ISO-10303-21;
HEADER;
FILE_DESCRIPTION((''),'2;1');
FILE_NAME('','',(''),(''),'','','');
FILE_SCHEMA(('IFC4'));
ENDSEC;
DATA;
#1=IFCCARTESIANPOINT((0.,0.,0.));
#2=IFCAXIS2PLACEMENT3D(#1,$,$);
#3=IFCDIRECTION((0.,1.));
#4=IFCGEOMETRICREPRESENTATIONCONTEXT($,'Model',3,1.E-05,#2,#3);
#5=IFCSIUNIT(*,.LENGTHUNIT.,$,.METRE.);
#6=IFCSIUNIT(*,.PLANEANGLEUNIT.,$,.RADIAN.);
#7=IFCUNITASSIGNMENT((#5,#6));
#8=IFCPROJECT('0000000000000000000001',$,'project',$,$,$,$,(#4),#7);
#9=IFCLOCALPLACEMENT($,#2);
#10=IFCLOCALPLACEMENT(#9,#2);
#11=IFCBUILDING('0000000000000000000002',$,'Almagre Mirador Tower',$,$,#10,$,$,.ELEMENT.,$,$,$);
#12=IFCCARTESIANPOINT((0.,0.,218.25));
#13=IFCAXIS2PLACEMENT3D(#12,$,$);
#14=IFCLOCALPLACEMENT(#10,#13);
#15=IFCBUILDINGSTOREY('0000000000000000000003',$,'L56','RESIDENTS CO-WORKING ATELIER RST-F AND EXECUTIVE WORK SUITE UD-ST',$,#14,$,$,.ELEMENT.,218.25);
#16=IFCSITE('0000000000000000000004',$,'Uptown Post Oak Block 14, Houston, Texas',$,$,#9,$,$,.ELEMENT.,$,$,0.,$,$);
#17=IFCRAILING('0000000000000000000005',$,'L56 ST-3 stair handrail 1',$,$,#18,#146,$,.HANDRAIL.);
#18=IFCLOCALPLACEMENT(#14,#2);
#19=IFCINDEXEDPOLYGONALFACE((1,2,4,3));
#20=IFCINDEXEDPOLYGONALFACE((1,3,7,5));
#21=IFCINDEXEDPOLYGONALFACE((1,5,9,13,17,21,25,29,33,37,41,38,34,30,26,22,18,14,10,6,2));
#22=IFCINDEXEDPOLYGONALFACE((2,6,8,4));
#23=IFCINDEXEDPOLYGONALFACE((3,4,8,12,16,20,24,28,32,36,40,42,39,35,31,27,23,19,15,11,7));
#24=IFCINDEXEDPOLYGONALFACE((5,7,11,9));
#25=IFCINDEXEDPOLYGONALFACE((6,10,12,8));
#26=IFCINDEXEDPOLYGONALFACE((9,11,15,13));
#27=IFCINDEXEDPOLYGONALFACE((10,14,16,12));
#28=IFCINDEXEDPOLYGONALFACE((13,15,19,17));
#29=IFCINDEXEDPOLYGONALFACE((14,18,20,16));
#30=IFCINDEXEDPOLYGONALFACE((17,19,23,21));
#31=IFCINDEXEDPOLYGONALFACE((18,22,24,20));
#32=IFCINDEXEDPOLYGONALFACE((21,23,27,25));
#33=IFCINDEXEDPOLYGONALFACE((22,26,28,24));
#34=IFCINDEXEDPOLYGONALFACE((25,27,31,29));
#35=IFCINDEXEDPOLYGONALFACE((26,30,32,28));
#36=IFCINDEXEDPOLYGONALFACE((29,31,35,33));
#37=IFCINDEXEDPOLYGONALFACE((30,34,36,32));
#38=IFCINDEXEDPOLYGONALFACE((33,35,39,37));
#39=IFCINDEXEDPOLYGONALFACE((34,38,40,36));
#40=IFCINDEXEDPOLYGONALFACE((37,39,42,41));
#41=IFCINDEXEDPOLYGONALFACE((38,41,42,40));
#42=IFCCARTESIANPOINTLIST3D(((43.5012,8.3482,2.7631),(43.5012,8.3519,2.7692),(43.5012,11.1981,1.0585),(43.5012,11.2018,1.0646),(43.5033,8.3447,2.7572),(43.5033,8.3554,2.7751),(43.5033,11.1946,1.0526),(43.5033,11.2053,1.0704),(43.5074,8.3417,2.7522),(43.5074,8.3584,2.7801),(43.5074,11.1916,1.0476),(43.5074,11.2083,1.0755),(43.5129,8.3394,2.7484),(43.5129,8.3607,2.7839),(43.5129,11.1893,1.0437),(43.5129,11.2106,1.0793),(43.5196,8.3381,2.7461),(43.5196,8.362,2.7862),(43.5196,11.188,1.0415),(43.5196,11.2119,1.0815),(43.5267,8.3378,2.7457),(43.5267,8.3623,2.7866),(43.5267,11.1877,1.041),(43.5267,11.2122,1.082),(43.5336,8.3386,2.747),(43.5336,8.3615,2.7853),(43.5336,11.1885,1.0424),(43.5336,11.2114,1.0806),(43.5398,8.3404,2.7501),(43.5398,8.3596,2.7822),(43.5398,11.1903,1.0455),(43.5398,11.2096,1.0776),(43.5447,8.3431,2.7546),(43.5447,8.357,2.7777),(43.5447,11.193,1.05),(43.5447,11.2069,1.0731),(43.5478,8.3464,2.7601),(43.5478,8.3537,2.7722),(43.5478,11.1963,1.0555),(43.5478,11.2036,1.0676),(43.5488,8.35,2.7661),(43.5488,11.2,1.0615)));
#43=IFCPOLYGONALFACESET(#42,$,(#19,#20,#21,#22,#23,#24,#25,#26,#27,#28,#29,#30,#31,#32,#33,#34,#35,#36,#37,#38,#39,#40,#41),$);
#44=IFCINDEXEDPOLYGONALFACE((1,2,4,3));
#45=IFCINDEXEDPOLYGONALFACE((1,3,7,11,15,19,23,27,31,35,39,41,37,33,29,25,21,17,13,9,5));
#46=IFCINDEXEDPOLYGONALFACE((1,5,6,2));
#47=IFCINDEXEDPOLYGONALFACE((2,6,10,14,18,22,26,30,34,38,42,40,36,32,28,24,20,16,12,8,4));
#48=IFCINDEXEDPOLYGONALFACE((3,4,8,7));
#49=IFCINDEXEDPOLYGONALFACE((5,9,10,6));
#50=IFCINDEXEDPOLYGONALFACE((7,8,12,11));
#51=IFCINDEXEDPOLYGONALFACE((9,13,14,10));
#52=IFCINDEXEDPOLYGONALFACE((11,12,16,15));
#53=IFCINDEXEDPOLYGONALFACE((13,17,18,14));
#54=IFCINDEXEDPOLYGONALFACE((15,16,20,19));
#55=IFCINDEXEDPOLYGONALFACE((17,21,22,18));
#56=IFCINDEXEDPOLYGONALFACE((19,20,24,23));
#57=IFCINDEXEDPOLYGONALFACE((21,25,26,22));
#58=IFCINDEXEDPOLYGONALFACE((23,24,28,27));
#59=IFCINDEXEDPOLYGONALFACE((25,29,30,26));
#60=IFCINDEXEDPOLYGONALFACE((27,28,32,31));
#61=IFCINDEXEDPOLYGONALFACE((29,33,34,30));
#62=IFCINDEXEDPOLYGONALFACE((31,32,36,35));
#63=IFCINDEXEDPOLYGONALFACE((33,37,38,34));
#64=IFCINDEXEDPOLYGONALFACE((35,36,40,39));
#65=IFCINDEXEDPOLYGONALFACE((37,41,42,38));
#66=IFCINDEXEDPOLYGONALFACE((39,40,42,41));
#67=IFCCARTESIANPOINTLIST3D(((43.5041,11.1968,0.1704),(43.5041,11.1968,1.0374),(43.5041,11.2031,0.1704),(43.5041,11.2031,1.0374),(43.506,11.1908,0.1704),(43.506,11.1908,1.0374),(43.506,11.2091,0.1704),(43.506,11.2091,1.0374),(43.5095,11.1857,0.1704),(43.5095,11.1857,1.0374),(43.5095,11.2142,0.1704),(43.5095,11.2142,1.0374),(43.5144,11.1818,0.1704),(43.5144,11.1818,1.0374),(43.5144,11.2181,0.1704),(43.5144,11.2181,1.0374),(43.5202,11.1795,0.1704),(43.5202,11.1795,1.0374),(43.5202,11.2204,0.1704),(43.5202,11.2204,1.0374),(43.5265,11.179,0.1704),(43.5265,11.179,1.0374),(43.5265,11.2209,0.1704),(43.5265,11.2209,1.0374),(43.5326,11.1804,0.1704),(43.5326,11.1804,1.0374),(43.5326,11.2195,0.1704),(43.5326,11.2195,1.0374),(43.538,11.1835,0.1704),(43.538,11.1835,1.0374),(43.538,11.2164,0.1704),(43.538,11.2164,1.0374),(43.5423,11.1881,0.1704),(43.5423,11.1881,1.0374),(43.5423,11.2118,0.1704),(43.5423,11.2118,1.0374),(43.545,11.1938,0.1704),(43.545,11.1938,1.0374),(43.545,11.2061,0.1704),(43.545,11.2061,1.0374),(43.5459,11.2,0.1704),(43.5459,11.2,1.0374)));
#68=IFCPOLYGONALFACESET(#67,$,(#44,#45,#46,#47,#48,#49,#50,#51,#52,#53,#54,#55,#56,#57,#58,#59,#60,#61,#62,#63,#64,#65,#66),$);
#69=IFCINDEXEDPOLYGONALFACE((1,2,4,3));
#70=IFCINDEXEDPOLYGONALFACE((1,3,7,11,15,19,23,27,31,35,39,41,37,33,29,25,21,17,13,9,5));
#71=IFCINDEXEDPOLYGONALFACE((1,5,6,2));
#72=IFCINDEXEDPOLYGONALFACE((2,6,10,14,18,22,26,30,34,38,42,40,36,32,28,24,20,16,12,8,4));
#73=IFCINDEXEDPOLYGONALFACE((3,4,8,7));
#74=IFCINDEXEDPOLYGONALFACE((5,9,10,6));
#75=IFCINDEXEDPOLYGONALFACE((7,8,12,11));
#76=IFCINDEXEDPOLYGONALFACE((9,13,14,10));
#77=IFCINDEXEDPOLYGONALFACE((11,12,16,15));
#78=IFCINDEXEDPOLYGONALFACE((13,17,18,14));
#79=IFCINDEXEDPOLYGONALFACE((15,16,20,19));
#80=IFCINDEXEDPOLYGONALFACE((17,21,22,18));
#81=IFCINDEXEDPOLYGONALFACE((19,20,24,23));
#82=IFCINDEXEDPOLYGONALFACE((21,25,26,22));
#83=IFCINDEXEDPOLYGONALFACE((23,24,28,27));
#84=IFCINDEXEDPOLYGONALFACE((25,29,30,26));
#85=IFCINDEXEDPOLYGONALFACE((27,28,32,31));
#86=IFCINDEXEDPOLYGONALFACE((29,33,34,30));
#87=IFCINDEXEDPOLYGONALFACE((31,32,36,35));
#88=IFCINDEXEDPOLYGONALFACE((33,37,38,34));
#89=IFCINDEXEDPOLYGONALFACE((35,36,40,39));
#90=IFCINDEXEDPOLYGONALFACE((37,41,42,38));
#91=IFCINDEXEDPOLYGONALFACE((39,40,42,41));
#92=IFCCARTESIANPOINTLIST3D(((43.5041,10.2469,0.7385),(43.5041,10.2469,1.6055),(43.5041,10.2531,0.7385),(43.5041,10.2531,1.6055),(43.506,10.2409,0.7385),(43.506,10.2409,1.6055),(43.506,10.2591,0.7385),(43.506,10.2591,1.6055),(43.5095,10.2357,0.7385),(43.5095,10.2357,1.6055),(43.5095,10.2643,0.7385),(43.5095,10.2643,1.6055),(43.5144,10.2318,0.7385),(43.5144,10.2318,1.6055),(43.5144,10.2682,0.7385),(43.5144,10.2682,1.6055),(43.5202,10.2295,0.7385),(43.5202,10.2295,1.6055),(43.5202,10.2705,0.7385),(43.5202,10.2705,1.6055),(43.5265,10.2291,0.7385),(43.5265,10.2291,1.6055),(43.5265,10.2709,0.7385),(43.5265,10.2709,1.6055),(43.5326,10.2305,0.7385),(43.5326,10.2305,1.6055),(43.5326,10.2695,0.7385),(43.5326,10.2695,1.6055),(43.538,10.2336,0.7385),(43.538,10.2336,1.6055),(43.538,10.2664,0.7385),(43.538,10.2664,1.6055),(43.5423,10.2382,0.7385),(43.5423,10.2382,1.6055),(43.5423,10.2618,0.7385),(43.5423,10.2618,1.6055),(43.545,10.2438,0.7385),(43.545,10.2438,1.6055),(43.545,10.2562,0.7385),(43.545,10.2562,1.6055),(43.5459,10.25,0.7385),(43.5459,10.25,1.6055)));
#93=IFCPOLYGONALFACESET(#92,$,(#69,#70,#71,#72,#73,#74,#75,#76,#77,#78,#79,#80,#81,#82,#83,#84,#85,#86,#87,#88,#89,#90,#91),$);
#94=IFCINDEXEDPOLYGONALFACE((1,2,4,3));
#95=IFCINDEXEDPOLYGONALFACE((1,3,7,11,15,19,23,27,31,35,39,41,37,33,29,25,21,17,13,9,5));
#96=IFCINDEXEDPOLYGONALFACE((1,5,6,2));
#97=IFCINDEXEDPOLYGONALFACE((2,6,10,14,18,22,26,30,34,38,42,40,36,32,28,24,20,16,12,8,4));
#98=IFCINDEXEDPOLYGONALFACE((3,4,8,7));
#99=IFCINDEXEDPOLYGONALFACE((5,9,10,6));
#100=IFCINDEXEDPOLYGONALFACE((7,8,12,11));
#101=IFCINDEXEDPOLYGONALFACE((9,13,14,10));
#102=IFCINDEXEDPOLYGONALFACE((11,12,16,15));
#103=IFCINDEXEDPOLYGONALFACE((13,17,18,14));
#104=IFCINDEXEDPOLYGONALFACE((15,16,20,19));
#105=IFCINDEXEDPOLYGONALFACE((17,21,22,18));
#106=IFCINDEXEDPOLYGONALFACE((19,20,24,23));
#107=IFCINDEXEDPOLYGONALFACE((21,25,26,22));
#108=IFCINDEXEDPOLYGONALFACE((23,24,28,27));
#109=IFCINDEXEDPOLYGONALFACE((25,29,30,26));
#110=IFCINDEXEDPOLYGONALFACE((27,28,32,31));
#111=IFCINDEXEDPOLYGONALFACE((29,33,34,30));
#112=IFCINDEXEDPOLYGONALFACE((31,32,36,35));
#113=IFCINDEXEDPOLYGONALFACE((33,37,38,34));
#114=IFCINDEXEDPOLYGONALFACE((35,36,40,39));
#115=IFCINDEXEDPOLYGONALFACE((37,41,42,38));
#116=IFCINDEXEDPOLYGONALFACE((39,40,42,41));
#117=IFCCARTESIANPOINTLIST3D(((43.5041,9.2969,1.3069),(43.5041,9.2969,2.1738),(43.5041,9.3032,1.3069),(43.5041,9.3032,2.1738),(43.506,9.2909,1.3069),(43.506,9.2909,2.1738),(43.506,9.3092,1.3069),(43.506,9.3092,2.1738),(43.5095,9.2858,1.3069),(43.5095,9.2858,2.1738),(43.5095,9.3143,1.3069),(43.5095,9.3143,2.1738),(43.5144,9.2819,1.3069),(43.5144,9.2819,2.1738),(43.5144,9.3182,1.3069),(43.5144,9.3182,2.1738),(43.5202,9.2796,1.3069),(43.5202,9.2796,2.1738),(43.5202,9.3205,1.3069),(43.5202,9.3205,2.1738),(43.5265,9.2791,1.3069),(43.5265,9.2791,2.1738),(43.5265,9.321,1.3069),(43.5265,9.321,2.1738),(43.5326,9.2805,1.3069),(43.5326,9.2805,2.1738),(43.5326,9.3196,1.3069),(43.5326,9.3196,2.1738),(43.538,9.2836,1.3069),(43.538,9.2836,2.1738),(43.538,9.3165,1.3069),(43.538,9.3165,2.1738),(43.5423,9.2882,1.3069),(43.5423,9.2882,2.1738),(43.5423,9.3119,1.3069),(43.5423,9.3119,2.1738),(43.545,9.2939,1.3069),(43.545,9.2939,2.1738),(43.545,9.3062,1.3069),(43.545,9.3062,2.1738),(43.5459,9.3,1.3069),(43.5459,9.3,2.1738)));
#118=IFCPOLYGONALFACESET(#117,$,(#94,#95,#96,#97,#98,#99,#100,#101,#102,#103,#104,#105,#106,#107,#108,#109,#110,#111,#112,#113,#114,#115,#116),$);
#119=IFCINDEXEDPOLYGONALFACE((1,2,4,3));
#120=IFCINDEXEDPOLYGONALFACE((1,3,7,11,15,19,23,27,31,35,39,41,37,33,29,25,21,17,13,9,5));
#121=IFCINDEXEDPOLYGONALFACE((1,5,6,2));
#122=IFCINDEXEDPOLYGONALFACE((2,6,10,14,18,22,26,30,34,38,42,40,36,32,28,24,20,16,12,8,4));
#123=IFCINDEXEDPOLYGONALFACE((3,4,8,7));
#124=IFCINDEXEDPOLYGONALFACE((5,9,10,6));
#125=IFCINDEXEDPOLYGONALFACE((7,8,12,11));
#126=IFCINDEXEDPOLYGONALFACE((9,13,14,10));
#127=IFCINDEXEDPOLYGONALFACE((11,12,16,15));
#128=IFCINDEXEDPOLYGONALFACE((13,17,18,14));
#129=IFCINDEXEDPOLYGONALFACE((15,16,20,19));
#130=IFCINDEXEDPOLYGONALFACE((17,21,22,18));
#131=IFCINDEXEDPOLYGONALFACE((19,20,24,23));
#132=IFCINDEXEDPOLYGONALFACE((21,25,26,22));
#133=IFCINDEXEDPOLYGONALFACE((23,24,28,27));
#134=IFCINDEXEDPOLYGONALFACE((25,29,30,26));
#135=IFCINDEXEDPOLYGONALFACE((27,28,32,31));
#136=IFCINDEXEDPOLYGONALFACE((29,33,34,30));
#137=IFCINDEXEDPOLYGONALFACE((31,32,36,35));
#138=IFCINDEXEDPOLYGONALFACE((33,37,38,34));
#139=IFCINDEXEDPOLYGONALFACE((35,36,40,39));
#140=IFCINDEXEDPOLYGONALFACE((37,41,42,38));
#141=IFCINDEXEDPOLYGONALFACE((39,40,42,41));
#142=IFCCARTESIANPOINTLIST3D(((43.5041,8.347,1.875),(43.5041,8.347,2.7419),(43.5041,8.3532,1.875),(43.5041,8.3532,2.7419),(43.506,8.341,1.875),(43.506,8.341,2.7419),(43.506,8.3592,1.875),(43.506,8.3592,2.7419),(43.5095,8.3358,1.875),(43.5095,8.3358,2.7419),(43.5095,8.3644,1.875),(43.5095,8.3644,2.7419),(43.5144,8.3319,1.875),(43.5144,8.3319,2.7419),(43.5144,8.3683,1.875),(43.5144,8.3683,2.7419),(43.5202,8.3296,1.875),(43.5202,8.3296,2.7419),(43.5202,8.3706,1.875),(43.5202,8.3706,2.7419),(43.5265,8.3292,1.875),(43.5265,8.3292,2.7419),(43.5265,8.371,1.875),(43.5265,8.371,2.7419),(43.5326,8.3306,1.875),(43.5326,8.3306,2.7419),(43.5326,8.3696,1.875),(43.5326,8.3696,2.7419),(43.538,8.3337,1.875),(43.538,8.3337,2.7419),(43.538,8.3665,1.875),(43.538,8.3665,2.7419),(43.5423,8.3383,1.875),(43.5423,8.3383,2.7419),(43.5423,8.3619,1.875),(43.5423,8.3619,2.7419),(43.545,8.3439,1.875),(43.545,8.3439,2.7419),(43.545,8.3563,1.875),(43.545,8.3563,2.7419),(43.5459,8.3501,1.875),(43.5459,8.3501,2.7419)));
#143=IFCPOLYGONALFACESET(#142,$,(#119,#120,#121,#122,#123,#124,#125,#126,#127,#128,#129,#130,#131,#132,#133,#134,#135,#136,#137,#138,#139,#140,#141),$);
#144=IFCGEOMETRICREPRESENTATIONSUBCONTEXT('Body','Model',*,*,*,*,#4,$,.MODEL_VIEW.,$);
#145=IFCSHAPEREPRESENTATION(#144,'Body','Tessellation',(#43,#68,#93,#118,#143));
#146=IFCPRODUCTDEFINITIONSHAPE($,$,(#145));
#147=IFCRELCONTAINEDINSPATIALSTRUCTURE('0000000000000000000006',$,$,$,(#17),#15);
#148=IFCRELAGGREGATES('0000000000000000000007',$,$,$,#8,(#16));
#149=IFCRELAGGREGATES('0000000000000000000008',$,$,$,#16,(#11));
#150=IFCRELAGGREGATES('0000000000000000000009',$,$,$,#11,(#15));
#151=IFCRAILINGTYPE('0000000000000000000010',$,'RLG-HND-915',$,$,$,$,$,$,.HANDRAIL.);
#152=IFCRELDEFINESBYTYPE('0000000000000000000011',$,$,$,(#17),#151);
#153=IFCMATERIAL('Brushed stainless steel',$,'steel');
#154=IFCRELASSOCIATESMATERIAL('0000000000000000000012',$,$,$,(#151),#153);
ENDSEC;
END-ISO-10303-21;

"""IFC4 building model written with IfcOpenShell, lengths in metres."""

from ifc_helpers import new_model, si_unit, direction, frame, origin, origin_2d, place, context, subcontext, project, spatial, circle, extrude, material, type_object, element, save


model = new_model("IFC4")

# Units and contexts
model_context = context("Model", 3, precision=1e-05, world=origin(), true_north=direction((0.0, 1.0)))
body_context = subcontext(model_context, "Body", "Model", "MODEL_VIEW")
ifc_project = project(units=[si_unit("LENGTHUNIT", "METRE"), si_unit("PLANEANGLEUNIT", "RADIAN")], contexts=[model_context])

# Site, building, storey
site_placement = place(None, origin())
site = spatial("IfcSite", under=ifc_project, at=site_placement, Name="Uptown Post Oak Block 14, Houston, Texas", CompositionType="ELEMENT", RefElevation=0.0)
building_placement = place(site_placement, origin())
building = spatial("IfcBuilding", under=site, at=building_placement, Name="Almagre Mirador Tower", CompositionType="ELEMENT")
storey_placement = place(building_placement, frame((0.0, 0.0, 218.25)))
storey = spatial("IfcBuildingStorey", under=building, at=storey_placement, Name="L56", Description="RESIDENTS CO-WORKING ATELIER RST-F AND EXECUTIVE WORK SUITE UD-ST", CompositionType="ELEMENT", Elevation=218.25)

# Railing
ifc_material_1 = material(Name="Brushed stainless steel", Category="steel")
railing_type_1 = type_object("IfcRailingType", Name="RLG-HND-915", PredefinedType="HANDRAIL", material=ifc_material_1)
railing_1_placement = place(storey_placement, frame((43.5249, 11.2, 0.1704)))
element("IfcRailing", 1, at=railing_1_placement, inside=storey, type_object=railing_type_1, Name="L56 ST-3 stair handrail 1", PredefinedType="HANDRAIL", context=body_context, shape_type="SweptSolid", body=[
    extrude(circle(Radius=0.0239, at=origin_2d()), frame((0.0, 0.0, 0.8911), z_axis=(0.0, -0.858199, 0.513317), x_axis=(1.0, 0.0, 0.0)), (0.0, 0.0, 1.0), 3.3208),
    extrude(circle(Radius=0.021, at=origin_2d()), origin(), (0.0, 0.0, 1.0), 0.8669),
    extrude(circle(Radius=0.021, at=origin_2d()), frame((0.0, -0.95, 0.5681)), (0.0, 0.0, 1.0), 0.8669),
    extrude(circle(Radius=0.021, at=origin_2d()), frame((0.0, -1.8999, 1.1365)), (0.0, 0.0, 1.0), 0.8669),
    extrude(circle(Radius=0.021, at=origin_2d()), frame((0.0, -2.8499, 1.7046)), (0.0, 0.0, 1.0), 0.8669),
])

save(model, "model.ifc")
